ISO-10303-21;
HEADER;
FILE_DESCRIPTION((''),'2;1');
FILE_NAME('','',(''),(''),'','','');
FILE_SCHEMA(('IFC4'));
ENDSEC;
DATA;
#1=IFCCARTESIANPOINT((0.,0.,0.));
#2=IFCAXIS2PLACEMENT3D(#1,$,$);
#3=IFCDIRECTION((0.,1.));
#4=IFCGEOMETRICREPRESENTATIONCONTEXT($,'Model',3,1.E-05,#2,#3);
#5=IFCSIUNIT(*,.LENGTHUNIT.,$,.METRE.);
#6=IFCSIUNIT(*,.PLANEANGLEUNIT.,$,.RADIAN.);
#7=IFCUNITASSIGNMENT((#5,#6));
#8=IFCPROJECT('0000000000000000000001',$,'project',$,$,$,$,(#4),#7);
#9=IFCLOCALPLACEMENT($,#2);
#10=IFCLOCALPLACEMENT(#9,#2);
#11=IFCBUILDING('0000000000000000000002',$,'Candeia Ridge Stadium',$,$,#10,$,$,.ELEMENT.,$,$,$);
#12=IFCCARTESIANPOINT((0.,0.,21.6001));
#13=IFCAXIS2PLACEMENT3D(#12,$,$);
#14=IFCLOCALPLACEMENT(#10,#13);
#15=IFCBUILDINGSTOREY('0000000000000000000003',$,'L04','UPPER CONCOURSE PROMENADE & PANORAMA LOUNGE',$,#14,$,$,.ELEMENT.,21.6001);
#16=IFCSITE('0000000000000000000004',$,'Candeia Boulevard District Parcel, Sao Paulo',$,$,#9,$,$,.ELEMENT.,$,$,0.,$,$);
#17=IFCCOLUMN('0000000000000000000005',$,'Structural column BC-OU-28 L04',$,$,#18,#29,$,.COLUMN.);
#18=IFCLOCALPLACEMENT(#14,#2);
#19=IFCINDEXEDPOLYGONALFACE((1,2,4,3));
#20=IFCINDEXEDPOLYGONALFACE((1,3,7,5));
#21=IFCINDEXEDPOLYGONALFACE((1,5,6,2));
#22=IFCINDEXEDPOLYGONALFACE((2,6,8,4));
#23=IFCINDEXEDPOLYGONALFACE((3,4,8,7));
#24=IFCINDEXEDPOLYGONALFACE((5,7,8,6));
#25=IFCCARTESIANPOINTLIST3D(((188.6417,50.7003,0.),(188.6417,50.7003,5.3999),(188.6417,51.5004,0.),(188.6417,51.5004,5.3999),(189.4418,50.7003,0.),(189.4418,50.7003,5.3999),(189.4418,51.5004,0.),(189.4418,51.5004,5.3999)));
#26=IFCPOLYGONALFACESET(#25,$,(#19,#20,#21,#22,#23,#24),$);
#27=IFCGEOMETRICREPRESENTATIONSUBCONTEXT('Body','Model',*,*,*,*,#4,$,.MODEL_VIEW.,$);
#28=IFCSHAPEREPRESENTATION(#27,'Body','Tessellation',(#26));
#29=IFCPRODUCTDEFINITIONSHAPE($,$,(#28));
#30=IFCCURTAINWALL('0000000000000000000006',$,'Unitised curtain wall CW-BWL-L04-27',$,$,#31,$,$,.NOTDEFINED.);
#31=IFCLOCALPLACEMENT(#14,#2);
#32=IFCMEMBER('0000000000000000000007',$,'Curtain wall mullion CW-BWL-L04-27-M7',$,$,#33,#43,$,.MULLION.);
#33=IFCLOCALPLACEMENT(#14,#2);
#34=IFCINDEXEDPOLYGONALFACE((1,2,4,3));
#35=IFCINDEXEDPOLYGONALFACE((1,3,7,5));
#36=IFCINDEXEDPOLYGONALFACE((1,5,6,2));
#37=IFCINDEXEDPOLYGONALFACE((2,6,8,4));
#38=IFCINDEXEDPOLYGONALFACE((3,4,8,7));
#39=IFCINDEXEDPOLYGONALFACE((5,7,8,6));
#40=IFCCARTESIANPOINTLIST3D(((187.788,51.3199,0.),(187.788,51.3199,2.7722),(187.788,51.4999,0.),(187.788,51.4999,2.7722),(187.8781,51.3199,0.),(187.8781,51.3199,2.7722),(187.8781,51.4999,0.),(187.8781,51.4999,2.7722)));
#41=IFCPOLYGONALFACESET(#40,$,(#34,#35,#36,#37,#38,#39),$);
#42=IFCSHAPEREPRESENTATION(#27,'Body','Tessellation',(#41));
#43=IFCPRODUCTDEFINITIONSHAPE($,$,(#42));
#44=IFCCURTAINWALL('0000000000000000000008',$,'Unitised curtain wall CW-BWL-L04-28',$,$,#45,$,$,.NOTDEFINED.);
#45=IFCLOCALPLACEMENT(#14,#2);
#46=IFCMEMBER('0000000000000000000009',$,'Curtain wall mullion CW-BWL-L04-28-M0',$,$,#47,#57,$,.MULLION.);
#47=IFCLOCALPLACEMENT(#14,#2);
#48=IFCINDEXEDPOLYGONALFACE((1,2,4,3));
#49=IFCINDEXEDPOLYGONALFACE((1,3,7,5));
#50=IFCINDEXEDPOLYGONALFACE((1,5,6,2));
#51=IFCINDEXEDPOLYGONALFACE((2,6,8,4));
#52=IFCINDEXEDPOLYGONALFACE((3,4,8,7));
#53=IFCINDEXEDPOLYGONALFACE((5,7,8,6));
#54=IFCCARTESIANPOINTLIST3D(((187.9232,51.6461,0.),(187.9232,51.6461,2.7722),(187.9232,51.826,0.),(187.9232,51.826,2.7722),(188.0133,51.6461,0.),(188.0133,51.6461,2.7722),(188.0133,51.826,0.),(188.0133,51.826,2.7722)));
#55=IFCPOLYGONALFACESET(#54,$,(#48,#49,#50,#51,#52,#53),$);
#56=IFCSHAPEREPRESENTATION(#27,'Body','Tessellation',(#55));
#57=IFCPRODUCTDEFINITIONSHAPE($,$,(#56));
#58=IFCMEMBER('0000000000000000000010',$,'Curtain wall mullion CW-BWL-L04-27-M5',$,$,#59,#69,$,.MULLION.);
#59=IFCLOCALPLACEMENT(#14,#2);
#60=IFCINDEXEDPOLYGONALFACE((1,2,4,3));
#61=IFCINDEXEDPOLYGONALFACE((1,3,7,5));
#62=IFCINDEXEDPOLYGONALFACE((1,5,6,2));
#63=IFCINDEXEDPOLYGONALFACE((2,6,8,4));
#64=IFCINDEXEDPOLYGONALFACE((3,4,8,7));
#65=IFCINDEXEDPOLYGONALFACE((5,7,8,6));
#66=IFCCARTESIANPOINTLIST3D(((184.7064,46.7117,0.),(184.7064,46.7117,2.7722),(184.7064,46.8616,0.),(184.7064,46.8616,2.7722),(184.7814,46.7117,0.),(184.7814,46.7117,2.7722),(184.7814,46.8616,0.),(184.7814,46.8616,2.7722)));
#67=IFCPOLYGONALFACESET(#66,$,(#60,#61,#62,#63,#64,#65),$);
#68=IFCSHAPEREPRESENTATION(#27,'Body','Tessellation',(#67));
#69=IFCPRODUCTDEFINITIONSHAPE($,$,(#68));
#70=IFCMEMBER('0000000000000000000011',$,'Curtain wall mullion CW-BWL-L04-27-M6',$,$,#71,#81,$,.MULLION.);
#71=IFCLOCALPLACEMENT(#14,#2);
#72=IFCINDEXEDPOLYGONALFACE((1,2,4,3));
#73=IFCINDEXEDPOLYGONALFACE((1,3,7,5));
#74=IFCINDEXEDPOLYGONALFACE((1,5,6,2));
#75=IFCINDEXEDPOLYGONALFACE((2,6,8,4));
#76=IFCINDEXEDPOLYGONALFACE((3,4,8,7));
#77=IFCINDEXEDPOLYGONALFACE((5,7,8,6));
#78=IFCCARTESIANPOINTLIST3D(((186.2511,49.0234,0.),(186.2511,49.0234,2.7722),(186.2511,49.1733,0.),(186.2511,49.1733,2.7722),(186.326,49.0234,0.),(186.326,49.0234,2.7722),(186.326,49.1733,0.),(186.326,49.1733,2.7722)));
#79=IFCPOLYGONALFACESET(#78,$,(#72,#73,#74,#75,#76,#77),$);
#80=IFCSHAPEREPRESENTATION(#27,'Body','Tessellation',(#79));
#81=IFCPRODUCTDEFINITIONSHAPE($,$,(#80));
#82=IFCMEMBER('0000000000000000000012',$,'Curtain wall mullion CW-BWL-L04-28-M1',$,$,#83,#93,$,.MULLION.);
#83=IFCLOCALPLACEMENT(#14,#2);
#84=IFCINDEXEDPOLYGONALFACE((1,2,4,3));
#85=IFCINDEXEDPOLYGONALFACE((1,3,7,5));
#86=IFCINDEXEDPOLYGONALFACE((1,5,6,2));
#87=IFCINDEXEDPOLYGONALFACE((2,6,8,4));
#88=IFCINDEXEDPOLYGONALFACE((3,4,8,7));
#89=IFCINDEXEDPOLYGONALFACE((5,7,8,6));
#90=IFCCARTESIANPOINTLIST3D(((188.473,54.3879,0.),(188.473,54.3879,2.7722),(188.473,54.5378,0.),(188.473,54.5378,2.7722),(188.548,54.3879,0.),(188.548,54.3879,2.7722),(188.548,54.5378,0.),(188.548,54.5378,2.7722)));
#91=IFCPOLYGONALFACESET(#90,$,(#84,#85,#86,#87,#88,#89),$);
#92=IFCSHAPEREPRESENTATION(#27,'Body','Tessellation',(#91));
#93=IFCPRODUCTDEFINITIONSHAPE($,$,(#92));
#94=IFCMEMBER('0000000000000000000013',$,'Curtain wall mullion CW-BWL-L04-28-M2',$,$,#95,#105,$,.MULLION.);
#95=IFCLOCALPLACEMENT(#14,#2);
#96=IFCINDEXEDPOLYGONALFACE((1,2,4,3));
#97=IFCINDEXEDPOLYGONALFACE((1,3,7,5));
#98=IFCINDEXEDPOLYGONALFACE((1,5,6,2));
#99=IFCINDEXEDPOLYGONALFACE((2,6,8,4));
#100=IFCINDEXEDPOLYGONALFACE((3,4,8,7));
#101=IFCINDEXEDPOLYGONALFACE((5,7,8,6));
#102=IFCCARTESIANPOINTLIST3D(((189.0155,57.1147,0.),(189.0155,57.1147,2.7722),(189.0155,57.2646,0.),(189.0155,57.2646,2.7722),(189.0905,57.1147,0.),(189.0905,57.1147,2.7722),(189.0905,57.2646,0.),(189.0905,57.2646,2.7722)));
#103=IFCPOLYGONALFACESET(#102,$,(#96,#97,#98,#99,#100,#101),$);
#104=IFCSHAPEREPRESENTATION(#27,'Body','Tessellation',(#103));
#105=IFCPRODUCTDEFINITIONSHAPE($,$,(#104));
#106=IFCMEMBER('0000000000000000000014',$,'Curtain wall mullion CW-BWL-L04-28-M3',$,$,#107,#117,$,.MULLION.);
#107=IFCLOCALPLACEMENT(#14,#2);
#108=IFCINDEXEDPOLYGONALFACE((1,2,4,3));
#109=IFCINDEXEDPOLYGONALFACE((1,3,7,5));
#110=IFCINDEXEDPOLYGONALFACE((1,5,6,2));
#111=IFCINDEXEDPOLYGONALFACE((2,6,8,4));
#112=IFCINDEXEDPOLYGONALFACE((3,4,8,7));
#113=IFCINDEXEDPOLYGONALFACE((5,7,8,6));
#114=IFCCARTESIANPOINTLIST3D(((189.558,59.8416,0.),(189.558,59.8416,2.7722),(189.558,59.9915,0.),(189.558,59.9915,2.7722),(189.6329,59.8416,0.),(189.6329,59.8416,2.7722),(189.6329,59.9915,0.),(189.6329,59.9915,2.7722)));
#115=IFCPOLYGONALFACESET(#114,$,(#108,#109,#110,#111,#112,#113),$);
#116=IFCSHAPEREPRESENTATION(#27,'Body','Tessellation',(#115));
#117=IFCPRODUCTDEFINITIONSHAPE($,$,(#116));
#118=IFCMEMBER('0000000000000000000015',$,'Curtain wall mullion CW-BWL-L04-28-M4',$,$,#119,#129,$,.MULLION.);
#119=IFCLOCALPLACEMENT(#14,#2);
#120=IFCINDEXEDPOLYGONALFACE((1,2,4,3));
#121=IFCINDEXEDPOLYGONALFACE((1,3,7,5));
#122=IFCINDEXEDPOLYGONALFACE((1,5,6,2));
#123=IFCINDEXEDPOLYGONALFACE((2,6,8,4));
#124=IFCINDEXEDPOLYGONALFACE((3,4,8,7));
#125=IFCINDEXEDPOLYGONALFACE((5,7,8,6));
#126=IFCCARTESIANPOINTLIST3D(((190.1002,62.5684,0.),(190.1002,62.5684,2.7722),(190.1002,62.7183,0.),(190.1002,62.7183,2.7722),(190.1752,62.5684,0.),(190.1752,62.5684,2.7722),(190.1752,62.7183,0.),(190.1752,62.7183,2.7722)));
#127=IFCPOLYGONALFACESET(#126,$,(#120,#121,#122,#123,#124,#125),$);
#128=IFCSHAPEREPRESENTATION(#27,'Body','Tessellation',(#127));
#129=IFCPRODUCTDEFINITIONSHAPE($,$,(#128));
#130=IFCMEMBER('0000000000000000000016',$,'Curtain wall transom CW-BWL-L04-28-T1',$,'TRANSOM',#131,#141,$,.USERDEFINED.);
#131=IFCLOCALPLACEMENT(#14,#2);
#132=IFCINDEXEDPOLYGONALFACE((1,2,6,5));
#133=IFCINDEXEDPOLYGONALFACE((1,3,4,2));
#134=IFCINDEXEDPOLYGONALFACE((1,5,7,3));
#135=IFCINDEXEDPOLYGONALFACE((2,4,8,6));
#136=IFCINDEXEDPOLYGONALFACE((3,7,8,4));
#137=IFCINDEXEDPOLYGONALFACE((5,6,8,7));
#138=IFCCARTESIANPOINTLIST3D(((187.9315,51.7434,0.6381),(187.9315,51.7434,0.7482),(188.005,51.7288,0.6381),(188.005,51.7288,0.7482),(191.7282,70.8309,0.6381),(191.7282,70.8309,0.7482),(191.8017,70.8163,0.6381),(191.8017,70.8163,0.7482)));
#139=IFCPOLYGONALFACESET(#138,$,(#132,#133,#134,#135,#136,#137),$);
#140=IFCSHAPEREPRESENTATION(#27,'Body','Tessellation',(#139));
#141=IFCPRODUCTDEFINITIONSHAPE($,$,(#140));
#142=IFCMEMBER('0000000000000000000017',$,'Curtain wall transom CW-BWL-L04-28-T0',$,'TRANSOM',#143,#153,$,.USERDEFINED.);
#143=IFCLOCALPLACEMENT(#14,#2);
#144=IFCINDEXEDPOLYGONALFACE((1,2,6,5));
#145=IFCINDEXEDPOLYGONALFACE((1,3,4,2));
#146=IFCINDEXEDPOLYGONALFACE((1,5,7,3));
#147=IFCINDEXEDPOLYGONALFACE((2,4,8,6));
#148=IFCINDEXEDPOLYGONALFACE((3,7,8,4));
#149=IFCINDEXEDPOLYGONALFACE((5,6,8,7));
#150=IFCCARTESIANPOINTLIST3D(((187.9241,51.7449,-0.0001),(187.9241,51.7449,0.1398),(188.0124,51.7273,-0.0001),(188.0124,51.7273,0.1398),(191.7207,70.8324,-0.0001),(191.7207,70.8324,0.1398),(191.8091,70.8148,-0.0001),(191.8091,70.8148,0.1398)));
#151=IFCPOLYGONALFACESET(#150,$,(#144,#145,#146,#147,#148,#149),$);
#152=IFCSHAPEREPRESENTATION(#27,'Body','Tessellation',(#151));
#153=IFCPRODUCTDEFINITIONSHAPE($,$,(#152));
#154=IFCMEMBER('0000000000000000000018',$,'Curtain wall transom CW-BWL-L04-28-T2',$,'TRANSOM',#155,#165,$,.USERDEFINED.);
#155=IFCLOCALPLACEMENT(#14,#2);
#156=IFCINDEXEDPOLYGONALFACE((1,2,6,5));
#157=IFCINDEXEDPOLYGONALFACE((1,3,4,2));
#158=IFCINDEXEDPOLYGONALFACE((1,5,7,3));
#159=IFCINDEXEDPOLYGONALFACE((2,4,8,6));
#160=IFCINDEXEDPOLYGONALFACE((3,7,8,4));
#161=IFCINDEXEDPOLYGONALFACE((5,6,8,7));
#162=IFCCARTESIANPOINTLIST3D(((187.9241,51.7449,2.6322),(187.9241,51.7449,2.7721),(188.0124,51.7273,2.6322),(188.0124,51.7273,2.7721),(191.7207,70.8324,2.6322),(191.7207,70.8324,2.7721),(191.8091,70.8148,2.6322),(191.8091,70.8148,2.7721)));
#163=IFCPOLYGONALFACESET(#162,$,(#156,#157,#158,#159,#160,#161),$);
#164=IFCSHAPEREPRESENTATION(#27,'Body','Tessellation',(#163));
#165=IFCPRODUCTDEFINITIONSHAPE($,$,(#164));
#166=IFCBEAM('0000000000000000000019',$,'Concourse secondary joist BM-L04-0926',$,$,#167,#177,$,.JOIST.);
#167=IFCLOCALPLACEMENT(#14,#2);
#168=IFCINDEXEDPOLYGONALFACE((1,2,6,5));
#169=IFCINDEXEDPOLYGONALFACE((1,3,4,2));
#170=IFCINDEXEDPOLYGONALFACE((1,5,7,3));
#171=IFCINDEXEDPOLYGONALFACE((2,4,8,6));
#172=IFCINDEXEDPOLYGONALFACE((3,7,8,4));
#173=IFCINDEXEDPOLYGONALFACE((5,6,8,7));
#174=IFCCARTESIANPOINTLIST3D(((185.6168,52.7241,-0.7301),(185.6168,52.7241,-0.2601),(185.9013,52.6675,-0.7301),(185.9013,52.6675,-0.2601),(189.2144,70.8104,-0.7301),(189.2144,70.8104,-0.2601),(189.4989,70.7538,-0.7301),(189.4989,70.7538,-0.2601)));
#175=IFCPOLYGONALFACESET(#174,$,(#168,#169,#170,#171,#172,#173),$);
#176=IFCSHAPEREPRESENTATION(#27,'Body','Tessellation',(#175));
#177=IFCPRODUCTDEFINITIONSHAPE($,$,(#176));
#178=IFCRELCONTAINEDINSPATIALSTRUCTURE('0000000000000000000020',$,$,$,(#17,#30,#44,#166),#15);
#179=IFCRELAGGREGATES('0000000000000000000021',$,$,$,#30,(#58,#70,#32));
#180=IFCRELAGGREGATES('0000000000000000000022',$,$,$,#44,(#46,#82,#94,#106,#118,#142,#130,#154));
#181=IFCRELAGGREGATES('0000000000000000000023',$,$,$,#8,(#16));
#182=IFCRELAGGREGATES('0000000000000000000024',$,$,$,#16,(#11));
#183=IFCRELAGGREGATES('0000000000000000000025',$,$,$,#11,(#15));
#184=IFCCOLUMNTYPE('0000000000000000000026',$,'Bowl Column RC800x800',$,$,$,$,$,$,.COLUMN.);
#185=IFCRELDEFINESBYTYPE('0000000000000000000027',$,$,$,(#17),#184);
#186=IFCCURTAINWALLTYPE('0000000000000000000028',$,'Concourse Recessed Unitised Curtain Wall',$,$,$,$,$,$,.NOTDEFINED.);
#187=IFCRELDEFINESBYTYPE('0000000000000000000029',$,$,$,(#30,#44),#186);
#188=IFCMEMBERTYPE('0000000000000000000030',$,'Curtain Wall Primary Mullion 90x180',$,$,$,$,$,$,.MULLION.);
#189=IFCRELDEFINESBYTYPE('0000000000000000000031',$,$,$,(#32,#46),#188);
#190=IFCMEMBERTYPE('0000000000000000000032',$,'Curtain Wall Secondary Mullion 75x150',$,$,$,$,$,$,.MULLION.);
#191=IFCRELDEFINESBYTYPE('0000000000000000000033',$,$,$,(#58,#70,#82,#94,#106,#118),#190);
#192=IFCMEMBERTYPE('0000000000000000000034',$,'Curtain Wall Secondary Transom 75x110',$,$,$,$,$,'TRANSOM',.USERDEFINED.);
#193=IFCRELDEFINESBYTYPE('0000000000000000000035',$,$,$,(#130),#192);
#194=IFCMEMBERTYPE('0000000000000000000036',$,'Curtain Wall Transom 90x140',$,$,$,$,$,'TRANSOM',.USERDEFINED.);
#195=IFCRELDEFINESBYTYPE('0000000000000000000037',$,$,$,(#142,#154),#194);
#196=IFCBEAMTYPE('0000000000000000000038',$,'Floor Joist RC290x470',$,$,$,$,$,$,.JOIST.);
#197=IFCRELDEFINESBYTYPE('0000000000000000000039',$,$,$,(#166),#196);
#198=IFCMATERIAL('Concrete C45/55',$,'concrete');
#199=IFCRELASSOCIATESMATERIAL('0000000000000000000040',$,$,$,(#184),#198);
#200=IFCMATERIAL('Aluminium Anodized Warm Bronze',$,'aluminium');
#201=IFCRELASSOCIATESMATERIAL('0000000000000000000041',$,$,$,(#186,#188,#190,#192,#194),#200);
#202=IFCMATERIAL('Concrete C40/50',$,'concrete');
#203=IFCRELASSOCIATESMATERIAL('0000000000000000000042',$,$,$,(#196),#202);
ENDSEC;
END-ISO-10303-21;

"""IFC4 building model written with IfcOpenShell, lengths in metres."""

from ifc_helpers import new_model, si_unit, direction, frame, origin, origin_2d, place, context, subcontext, project, spatial, rectangle, extrude, material, material_profile, profile_set, type_object, element, aggregate, save


model = new_model("IFC4")

# Units and contexts
model_context = context("Model", 3, precision=1e-05, world=origin(), true_north=direction((0.0, 1.0)))
body_context = subcontext(model_context, "Body", "Model", "MODEL_VIEW")
ifc_project = project(units=[si_unit("LENGTHUNIT", "METRE"), si_unit("PLANEANGLEUNIT", "RADIAN")], contexts=[model_context])

# Site, building, storey
site_placement = place(None, origin())
site = spatial("IfcSite", under=ifc_project, at=site_placement, Name="Candeia Boulevard District Parcel, Sao Paulo", CompositionType="ELEMENT", RefElevation=0.0)
building_placement = place(site_placement, origin())
building = spatial("IfcBuilding", under=site, at=building_placement, Name="Candeia Ridge Stadium", CompositionType="ELEMENT")
storey_placement = place(building_placement, frame((0.0, 0.0, 21.6001)))
storey = spatial("IfcBuildingStorey", under=building, at=storey_placement, Name="L04", Description="UPPER CONCOURSE PROMENADE & PANORAMA LOUNGE", CompositionType="ELEMENT", Elevation=21.6001)

# Column
ifc_material_1 = material(Name="Concrete C45/55", Category="concrete")
ifc_material_profile_1 = material_profile(ifc_material_1, rectangle(XDim=0.8, YDim=0.8, at=origin_2d()), Name="RC800x800", Category="concrete")
ifc_profile_set_1 = profile_set([ifc_material_profile_1], Name="Concrete C45/55")
column_type = type_object("IfcColumnType", Name="Bowl Column RC800x800", PredefinedType="COLUMN", material=ifc_profile_set_1)
column_placement = place(storey_placement, frame((189.0417, 51.1003, 0.0), z_axis=(0.0, 0.0, 1.0), x_axis=(1.0, 0.0, 0.0)))
element("IfcColumn", 1, at=column_placement, inside=storey, type_object=column_type, Name="Structural column BC-OU-28 L04", PredefinedType="COLUMN", context=body_context, shape_type="SweptSolid", body=[
    extrude(rectangle(XDim=0.8, YDim=0.8, at=origin_2d()), origin(), (0.0, 0.0, 1.0), 5.3999),
])

# Curtain walls, members
ifc_material_2 = material(Name="Aluminium Anodized Warm Bronze", Category="aluminium")
curtain_wall_type = type_object("IfcCurtainWallType", Name="Concourse Recessed Unitised Curtain Wall", PredefinedType="NOTDEFINED", material=ifc_material_2)
curtain_wall_1_placement = place(storey_placement, origin())
curtain_wall_1 = element("IfcCurtainWall", 2, at=curtain_wall_1_placement, inside=storey, type_object=curtain_wall_type, Name="Unitised curtain wall CW-BWL-L04-27", PredefinedType="NOTDEFINED")
ifc_material_profile_2 = material_profile(ifc_material_2, rectangle(XDim=0.0901, YDim=0.1799, at=origin_2d()), Name="CWM-90x180", Category="aluminium")
ifc_profile_set_2 = profile_set([ifc_material_profile_2], Name="Aluminium Anodized Warm Bronze")
member_type_1 = type_object("IfcMemberType", Name="Curtain Wall Primary Mullion 90x180", PredefinedType="MULLION", material=ifc_profile_set_2)
member_1_placement = place(storey_placement, frame((187.833, 51.4099, 0.0), z_axis=(0.0, 0.0, 1.0), x_axis=(1.0, 0.0, 0.0)))
member_1 = element("IfcMember", 3, at=member_1_placement, type_object=member_type_1, Name="Curtain wall mullion CW-BWL-L04-27-M7", PredefinedType="MULLION", context=body_context, shape_type="SweptSolid", body=[
    extrude(rectangle(XDim=0.0901, YDim=0.1799, at=origin_2d()), origin(), (0.0, 0.0, 1.0), 2.7722),
])
curtain_wall_2_placement = place(storey_placement, origin())
curtain_wall_2 = element("IfcCurtainWall", 4, at=curtain_wall_2_placement, inside=storey, type_object=curtain_wall_type, Name="Unitised curtain wall CW-BWL-L04-28", PredefinedType="NOTDEFINED")
member_2_placement = place(storey_placement, frame((187.9683, 51.7361, 0.0), z_axis=(0.0, 0.0, 1.0), x_axis=(1.0, 0.0, 0.0)))
member_2 = element("IfcMember", 5, at=member_2_placement, type_object=member_type_1, Name="Curtain wall mullion CW-BWL-L04-28-M0", PredefinedType="MULLION", context=body_context, shape_type="SweptSolid", body=[
    extrude(rectangle(XDim=0.0901, YDim=0.1799, at=origin_2d()), origin(), (0.0, 0.0, 1.0), 2.7722),
])

# Members
ifc_material_profile_3 = material_profile(ifc_material_2, rectangle(XDim=0.075, YDim=0.1499, at=origin_2d()), Name="CWM-75x150", Category="aluminium")
ifc_profile_set_3 = profile_set([ifc_material_profile_3], Name="Aluminium Anodized Warm Bronze")
member_type_2 = type_object("IfcMemberType", Name="Curtain Wall Secondary Mullion 75x150", PredefinedType="MULLION", material=ifc_profile_set_3)
member_3_placement = place(storey_placement, frame((184.7439, 46.7866, 0.0), z_axis=(0.0, 0.0, 1.0), x_axis=(1.0, 0.0, 0.0)))
member_3 = element("IfcMember", 6, at=member_3_placement, type_object=member_type_2, Name="Curtain wall mullion CW-BWL-L04-27-M5", PredefinedType="MULLION", context=body_context, shape_type="SweptSolid", body=[
    extrude(rectangle(XDim=0.075, YDim=0.1499, at=origin_2d()), origin(), (0.0, 0.0, 1.0), 2.7722),
])
member_4_placement = place(storey_placement, frame((186.2886, 49.0984, 0.0), z_axis=(0.0, 0.0, 1.0), x_axis=(1.0, 0.0, 0.0)))
member_4 = element("IfcMember", 7, at=member_4_placement, type_object=member_type_2, Name="Curtain wall mullion CW-BWL-L04-27-M6", PredefinedType="MULLION", context=body_context, shape_type="SweptSolid", body=[
    extrude(rectangle(XDim=0.075, YDim=0.1499, at=origin_2d()), origin(), (0.0, 0.0, 1.0), 2.7722),
])
member_5_placement = place(storey_placement, frame((188.5105, 54.4629, 0.0), z_axis=(0.0, 0.0, 1.0), x_axis=(1.0, 0.0, 0.0)))
member_5 = element("IfcMember", 8, at=member_5_placement, type_object=member_type_2, Name="Curtain wall mullion CW-BWL-L04-28-M1", PredefinedType="MULLION", context=body_context, shape_type="SweptSolid", body=[
    extrude(rectangle(XDim=0.075, YDim=0.1499, at=origin_2d()), origin(), (0.0, 0.0, 1.0), 2.7722),
])
member_6_placement = place(storey_placement, frame((189.053, 57.1897, 0.0), z_axis=(0.0, 0.0, 1.0), x_axis=(1.0, 0.0, 0.0)))
member_6 = element("IfcMember", 9, at=member_6_placement, type_object=member_type_2, Name="Curtain wall mullion CW-BWL-L04-28-M2", PredefinedType="MULLION", context=body_context, shape_type="SweptSolid", body=[
    extrude(rectangle(XDim=0.075, YDim=0.1499, at=origin_2d()), origin(), (0.0, 0.0, 1.0), 2.7722),
])
member_7_placement = place(storey_placement, frame((189.5955, 59.9165, 0.0), z_axis=(0.0, 0.0, 1.0), x_axis=(1.0, 0.0, 0.0)))
member_7 = element("IfcMember", 10, at=member_7_placement, type_object=member_type_2, Name="Curtain wall mullion CW-BWL-L04-28-M3", PredefinedType="MULLION", context=body_context, shape_type="SweptSolid", body=[
    extrude(rectangle(XDim=0.075, YDim=0.1499, at=origin_2d()), origin(), (0.0, 0.0, 1.0), 2.7722),
])
member_8_placement = place(storey_placement, frame((190.1377, 62.6433, 0.0), z_axis=(0.0, 0.0, 1.0), x_axis=(1.0, 0.0, 0.0)))
member_8 = element("IfcMember", 11, at=member_8_placement, type_object=member_type_2, Name="Curtain wall mullion CW-BWL-L04-28-M4", PredefinedType="MULLION", context=body_context, shape_type="SweptSolid", body=[
    extrude(rectangle(XDim=0.075, YDim=0.1499, at=origin_2d()), origin(), (0.0, 0.0, 1.0), 2.7722),
])
ifc_material_profile_4 = material_profile(ifc_material_2, rectangle(XDim=0.075, YDim=0.1101, at=origin_2d()), Name="CWT-75x110", Category="aluminium")
ifc_profile_set_4 = profile_set([ifc_material_profile_4], Name="Aluminium Anodized Warm Bronze")
member_type_3 = type_object("IfcMemberType", Name="Curtain Wall Secondary Transom 75x110", ElementType="TRANSOM", PredefinedType="USERDEFINED", material=ifc_profile_set_4)
member_9_placement = place(storey_placement, frame((187.9683, 51.7361, 0.6931), z_axis=(0.195086, 0.980786, 0.0), x_axis=(-0.980786, 0.195086, 0.0)))
member_9 = element("IfcMember", 12, at=member_9_placement, type_object=member_type_3, Name="Curtain wall transom CW-BWL-L04-28-T1", ObjectType="TRANSOM", PredefinedType="USERDEFINED", context=body_context, shape_type="SweptSolid", body=[
    extrude(rectangle(XDim=0.075, YDim=0.1101, at=origin_2d()), origin(), (0.0, 0.0, 1.0), 19.4614),
])
ifc_material_profile_5 = material_profile(ifc_material_2, rectangle(XDim=0.0901, YDim=0.1399, at=origin_2d()), Name="CWT-90x140", Category="aluminium")
ifc_profile_set_5 = profile_set([ifc_material_profile_5], Name="Aluminium Anodized Warm Bronze")
member_type_4 = type_object("IfcMemberType", Name="Curtain Wall Transom 90x140", ElementType="TRANSOM", PredefinedType="USERDEFINED", material=ifc_profile_set_5)
member_10_placement = place(storey_placement, frame((187.9683, 51.7361, 0.0698), z_axis=(0.195086, 0.980786, 0.0), x_axis=(-0.980786, 0.195086, 0.0)))
member_10 = element("IfcMember", 13, at=member_10_placement, type_object=member_type_4, Name="Curtain wall transom CW-BWL-L04-28-T0", ObjectType="TRANSOM", PredefinedType="USERDEFINED", context=body_context, shape_type="SweptSolid", body=[
    extrude(rectangle(XDim=0.0901, YDim=0.1399, at=origin_2d()), origin(), (0.0, 0.0, 1.0), 19.4614),
])
member_11_placement = place(storey_placement, frame((187.9683, 51.7361, 2.7021), z_axis=(0.195086, 0.980786, 0.0), x_axis=(-0.980786, 0.195086, 0.0)))
member_11 = element("IfcMember", 14, at=member_11_placement, type_object=member_type_4, Name="Curtain wall transom CW-BWL-L04-28-T2", ObjectType="TRANSOM", PredefinedType="USERDEFINED", context=body_context, shape_type="SweptSolid", body=[
    extrude(rectangle(XDim=0.0901, YDim=0.1399, at=origin_2d()), origin(), (0.0, 0.0, 1.0), 19.4614),
])

# Beam
ifc_material_3 = material(Name="Concrete C40/50", Category="concrete")
ifc_material_profile_6 = material_profile(ifc_material_3, rectangle(XDim=0.29, YDim=0.47, at=origin_2d()), Name="RC290x470", Category="concrete")
ifc_profile_set_6 = profile_set([ifc_material_profile_6], Name="Concrete C40/50")
beam_type_1 = type_object("IfcBeamType", Name="Floor Joist RC290x470", PredefinedType="JOIST", material=ifc_profile_set_6)
beam_1_placement = place(storey_placement, frame((185.759, 52.6958, -0.4951), z_axis=(0.195093, 0.980785, 0.0), x_axis=(-0.980785, 0.195093, 0.0)))
element("IfcBeam", 15, at=beam_1_placement, inside=storey, type_object=beam_type_1, Name="Concourse secondary joist BM-L04-0926", PredefinedType="JOIST", context=body_context, shape_type="SweptSolid", body=[
    extrude(rectangle(XDim=0.29, YDim=0.47, at=origin_2d()), origin(), (0.0, 0.0, 1.0), 18.4407),
])

aggregate(curtain_wall_1, [member_3, member_4, member_1])
aggregate(curtain_wall_2, [member_2, member_5, member_6, member_7, member_8, member_10, member_9, member_11])

save(model, "model.ifc")
